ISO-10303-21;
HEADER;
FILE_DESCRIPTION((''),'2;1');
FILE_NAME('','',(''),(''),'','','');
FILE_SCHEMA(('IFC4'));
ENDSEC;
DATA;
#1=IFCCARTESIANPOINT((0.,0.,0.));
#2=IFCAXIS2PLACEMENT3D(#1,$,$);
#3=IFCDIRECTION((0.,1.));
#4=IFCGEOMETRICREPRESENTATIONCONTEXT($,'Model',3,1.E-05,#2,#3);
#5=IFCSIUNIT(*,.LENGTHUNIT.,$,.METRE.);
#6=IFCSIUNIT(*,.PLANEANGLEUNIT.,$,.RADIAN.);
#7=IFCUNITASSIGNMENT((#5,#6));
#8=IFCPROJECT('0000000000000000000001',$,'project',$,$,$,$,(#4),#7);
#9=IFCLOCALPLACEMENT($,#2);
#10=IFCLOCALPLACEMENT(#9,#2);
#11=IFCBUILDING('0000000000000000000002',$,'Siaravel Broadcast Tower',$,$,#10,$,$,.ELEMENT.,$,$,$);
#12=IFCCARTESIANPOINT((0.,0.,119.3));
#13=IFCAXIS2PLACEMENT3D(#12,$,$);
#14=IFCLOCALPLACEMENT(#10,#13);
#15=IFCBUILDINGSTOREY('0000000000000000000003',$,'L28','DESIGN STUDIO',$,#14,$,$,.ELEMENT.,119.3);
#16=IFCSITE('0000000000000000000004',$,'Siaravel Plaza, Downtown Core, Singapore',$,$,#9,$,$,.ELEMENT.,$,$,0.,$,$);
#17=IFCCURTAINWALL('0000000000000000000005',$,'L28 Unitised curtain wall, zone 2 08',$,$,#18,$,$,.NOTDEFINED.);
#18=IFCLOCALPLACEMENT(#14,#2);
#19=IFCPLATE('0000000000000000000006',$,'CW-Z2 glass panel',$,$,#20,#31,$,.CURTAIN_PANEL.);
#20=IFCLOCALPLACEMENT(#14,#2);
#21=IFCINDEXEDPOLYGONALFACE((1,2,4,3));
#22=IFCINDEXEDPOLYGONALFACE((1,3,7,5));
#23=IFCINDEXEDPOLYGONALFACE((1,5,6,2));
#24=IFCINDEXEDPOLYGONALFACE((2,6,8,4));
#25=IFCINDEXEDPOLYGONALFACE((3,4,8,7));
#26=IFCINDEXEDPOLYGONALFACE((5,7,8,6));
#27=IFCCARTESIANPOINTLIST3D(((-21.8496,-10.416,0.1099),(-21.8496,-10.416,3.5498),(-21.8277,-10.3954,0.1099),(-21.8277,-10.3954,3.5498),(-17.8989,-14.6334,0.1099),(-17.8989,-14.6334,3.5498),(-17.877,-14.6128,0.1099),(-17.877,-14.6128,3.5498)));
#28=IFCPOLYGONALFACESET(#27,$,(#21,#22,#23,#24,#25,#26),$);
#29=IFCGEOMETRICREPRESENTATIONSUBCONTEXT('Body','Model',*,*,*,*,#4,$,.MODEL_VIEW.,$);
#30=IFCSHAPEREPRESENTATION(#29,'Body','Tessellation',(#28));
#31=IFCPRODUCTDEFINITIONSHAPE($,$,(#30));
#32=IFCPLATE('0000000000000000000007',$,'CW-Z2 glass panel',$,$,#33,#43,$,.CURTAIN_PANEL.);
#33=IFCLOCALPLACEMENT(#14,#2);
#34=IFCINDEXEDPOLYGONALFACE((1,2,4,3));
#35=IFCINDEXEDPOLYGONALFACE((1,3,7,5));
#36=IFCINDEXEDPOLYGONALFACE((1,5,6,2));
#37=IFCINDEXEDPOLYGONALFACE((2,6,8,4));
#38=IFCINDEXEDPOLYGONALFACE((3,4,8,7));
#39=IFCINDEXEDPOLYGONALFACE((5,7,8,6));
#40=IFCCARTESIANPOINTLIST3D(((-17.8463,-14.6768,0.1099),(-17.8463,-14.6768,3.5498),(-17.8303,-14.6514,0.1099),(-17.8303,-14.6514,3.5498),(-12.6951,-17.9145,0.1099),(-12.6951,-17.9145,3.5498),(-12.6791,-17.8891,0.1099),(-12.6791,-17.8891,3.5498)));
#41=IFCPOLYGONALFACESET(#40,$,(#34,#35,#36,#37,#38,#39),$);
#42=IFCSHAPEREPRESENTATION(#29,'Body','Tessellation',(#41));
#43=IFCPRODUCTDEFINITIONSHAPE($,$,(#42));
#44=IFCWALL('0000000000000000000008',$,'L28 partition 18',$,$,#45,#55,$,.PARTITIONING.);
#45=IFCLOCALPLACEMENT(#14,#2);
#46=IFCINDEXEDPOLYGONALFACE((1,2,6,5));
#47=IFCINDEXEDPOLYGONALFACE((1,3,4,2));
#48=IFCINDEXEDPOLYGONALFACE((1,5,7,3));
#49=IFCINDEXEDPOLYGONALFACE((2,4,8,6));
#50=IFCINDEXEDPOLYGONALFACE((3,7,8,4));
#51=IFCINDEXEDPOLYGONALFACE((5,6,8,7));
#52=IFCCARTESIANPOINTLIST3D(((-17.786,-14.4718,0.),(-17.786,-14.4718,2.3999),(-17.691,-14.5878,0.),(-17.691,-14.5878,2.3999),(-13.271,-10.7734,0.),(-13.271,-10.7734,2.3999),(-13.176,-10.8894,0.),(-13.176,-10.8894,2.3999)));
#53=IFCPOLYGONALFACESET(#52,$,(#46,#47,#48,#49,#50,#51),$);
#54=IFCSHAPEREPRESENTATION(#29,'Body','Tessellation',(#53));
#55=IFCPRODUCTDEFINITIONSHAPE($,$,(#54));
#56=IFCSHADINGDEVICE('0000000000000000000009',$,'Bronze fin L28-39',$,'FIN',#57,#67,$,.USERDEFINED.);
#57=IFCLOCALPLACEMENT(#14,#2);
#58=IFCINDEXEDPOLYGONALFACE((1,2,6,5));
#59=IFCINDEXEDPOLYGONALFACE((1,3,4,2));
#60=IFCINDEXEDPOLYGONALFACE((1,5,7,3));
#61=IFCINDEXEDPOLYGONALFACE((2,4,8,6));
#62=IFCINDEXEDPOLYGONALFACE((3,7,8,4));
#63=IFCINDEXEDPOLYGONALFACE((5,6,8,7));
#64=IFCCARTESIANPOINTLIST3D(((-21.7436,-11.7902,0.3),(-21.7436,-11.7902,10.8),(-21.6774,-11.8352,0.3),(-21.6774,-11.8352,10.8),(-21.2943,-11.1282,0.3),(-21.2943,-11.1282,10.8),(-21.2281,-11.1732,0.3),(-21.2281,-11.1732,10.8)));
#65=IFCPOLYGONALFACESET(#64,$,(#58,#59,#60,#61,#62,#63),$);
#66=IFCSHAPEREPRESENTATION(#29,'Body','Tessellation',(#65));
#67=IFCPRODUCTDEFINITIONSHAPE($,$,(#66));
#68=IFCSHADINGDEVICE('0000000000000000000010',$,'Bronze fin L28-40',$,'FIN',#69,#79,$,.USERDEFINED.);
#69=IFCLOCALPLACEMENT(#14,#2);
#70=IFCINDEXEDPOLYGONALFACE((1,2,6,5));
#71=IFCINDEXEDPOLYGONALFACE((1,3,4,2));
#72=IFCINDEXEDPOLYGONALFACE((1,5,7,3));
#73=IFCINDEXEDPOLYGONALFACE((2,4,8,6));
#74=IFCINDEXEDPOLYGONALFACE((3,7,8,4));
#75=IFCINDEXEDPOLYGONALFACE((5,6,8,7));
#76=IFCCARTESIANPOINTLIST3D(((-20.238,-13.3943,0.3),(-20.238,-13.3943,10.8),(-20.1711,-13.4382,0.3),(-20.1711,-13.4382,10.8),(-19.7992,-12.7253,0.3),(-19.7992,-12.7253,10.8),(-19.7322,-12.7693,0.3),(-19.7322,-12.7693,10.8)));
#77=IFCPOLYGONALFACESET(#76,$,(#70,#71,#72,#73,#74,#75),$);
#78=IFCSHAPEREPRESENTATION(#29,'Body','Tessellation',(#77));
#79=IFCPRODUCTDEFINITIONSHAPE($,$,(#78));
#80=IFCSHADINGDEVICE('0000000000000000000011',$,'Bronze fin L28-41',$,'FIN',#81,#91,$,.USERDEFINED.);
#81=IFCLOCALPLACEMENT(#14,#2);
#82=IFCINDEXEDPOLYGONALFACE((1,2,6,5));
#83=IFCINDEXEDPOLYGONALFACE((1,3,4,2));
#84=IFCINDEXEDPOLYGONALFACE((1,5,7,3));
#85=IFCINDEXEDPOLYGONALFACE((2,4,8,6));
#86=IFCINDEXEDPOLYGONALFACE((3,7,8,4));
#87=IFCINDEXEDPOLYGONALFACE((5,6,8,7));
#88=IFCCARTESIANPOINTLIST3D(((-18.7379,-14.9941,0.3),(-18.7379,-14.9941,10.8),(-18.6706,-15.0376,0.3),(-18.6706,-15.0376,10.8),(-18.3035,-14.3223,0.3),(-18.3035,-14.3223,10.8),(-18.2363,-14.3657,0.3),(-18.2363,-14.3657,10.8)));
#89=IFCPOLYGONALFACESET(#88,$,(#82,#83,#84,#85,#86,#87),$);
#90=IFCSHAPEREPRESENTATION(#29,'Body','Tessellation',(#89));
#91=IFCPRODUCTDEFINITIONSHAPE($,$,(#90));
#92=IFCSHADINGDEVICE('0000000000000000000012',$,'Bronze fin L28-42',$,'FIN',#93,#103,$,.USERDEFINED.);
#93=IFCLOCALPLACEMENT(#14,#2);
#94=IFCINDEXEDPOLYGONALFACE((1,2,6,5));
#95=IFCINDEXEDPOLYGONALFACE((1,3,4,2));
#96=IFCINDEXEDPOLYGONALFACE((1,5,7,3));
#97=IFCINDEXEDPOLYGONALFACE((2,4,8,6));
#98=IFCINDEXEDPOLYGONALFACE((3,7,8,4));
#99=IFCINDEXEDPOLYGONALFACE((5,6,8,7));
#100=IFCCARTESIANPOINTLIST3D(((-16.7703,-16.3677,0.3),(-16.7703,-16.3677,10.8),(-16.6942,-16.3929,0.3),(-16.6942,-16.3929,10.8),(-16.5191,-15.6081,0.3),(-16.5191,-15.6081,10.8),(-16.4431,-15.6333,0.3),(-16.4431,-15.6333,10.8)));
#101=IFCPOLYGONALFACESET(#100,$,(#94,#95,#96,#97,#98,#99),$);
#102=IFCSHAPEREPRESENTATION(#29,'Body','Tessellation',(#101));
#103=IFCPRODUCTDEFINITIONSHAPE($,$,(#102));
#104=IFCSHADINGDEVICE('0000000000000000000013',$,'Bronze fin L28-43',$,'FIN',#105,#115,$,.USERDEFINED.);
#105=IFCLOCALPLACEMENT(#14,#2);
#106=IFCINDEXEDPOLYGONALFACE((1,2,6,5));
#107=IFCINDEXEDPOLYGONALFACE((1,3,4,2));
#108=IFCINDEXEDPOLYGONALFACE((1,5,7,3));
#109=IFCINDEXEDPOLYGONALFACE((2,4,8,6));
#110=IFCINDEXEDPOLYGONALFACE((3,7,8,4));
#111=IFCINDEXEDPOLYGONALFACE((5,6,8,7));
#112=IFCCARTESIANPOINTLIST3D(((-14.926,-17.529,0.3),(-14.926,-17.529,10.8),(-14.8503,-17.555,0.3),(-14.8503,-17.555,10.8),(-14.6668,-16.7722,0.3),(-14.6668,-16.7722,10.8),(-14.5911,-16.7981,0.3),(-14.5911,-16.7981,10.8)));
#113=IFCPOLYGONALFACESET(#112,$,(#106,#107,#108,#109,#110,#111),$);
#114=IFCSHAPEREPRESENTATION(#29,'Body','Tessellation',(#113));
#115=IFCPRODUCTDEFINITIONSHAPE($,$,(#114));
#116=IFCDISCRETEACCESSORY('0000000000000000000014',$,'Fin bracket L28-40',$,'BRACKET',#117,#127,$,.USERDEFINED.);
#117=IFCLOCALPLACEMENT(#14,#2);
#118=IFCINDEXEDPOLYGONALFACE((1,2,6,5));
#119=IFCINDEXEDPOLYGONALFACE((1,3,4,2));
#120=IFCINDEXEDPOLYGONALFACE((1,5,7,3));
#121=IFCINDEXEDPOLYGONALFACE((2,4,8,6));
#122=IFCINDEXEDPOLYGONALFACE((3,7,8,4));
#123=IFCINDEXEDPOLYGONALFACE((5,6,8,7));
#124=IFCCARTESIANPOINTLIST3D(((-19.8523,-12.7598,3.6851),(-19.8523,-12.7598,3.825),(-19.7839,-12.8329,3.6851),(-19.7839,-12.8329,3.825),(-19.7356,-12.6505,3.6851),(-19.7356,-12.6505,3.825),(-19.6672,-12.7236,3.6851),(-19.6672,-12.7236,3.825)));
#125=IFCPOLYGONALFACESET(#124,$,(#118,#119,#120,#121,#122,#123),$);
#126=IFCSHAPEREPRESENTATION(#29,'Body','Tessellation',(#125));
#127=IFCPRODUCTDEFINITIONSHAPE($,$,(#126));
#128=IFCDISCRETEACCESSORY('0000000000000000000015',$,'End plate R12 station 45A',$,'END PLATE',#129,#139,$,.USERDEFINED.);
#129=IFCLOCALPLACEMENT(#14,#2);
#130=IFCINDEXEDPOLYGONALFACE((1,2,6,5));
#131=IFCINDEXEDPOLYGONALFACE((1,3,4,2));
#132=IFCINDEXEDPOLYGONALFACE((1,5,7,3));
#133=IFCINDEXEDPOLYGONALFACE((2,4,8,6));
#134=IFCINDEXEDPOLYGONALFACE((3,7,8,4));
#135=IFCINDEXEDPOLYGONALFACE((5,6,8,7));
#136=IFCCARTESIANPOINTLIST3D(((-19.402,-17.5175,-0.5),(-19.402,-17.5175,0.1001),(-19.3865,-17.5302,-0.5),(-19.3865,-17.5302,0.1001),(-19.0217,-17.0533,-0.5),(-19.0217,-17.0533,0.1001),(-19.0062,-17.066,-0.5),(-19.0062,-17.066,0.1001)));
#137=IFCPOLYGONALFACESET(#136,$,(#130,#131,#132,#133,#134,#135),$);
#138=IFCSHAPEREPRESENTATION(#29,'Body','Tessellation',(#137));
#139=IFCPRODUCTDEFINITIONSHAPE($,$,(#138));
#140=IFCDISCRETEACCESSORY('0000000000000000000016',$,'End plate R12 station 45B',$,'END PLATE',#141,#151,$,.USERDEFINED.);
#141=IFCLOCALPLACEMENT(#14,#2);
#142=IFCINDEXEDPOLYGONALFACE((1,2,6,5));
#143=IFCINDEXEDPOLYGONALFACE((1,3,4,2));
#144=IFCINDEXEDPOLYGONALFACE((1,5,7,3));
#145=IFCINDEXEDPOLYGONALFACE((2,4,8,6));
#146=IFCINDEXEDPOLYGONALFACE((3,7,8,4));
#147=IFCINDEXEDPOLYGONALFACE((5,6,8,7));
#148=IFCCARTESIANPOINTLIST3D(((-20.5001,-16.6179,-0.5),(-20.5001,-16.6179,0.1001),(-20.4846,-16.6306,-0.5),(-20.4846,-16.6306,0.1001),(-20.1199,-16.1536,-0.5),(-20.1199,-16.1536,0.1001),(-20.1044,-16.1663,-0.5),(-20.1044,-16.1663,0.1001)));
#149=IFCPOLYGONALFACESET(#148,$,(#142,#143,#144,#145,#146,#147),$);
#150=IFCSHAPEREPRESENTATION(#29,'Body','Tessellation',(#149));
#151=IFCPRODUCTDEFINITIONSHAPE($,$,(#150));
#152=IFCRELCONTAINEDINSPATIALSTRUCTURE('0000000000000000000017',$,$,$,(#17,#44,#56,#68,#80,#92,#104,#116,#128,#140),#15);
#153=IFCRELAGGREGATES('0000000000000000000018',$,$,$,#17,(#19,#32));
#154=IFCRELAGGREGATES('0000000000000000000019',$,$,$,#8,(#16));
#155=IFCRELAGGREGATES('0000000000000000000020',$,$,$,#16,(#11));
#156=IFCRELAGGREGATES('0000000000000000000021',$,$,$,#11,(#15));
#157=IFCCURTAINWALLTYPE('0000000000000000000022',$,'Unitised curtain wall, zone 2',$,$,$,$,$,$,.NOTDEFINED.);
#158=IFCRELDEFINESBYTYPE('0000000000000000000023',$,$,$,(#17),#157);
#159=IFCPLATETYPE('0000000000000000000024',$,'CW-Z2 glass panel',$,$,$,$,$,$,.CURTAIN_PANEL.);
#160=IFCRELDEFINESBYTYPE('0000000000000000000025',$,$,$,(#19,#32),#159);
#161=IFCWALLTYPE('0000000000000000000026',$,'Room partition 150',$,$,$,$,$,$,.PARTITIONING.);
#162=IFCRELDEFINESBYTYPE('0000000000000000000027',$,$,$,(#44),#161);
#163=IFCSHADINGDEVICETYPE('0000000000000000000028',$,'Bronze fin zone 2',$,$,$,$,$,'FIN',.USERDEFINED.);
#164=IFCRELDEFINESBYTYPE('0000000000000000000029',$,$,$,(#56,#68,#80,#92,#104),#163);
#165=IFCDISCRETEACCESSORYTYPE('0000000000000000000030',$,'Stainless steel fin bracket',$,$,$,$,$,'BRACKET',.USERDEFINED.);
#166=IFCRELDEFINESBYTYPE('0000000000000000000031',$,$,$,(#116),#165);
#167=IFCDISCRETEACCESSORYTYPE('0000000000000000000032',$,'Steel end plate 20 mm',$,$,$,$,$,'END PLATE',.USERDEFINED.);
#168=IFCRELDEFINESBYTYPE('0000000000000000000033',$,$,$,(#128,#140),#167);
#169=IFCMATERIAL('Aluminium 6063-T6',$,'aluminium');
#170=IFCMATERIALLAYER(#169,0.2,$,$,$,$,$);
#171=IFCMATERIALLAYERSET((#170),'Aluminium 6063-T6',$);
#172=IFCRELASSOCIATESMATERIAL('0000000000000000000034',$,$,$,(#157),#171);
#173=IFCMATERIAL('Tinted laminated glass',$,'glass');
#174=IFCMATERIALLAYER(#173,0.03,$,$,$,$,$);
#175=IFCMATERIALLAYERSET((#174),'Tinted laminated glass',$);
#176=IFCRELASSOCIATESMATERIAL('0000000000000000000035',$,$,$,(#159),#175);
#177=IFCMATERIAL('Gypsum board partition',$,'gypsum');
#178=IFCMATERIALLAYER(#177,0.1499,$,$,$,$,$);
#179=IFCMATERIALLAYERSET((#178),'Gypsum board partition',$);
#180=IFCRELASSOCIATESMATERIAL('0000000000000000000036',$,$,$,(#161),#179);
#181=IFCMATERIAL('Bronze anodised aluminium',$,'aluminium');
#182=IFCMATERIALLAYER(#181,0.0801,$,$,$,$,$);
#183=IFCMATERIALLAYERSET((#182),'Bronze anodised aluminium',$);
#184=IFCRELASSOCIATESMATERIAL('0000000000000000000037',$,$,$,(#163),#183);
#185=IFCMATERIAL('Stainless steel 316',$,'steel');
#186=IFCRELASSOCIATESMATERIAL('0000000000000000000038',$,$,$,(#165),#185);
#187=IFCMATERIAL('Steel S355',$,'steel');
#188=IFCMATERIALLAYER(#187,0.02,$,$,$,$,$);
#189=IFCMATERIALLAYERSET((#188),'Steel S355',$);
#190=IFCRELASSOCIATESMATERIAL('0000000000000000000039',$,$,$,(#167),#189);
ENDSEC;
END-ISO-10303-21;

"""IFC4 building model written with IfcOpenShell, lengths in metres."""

from ifc_helpers import new_model, si_unit, direction, frame, frame_2d, origin, origin_2d, place, context, subcontext, project, spatial, rectangle, extrude, material, layer, layer_set, type_object, element, aggregate, save


model = new_model("IFC4")

# Units and contexts
model_context = context("Model", 3, precision=1e-05, world=origin(), true_north=direction((0.0, 1.0)))
body_context = subcontext(model_context, "Body", "Model", "MODEL_VIEW")
ifc_project = project(units=[si_unit("LENGTHUNIT", "METRE"), si_unit("PLANEANGLEUNIT", "RADIAN")], contexts=[model_context])

# Site, building, storey
site_placement = place(None, origin())
site = spatial("IfcSite", under=ifc_project, at=site_placement, Name="Siaravel Plaza, Downtown Core, Singapore", CompositionType="ELEMENT", RefElevation=0.0)
building_placement = place(site_placement, origin())
building = spatial("IfcBuilding", under=site, at=building_placement, Name="Siaravel Broadcast Tower", CompositionType="ELEMENT")
storey_placement = place(building_placement, frame((0.0, 0.0, 119.3)))
storey = spatial("IfcBuildingStorey", under=building, at=storey_placement, Name="L28", Description="DESIGN STUDIO", CompositionType="ELEMENT", Elevation=119.3)

# Shared definitions
ifc_material_1 = material(Name="Steel S355", Category="steel")

# Shared definitions
ifc_material_2 = material(Name="Aluminium 6063-T6", Category="aluminium")
ifc_layer_1 = layer(ifc_material_2, 0.2)
ifc_layer_set_1 = layer_set([ifc_layer_1], Name="Aluminium 6063-T6")
curtain_wall_type = type_object("IfcCurtainWallType", Name="Unitised curtain wall, zone 2", PredefinedType="NOTDEFINED", material=ifc_layer_set_1)

# Curtain wall
curtain_wall_1_placement = place(storey_placement, origin())
curtain_wall_1 = element("IfcCurtainWall", 1, at=curtain_wall_1_placement, inside=storey, type_object=curtain_wall_type, Name="L28 Unitised curtain wall, zone 2 08", PredefinedType="NOTDEFINED")

# Plates
ifc_material_3 = material(Name="Tinted laminated glass", Category="glass")
ifc_layer_2 = layer(ifc_material_3, 0.03)
ifc_layer_set_2 = layer_set([ifc_layer_2], Name="Tinted laminated glass")
plate_type = type_object("IfcPlateType", Name="CW-Z2 glass panel", PredefinedType="CURTAIN_PANEL", material=ifc_layer_set_2)
plate_1_placement = place(storey_placement, frame((-19.8633, -12.5144, 0.1099), z_axis=(0.0, 0.0, 1.0), x_axis=(0.683655, -0.729805, 0.0)))
plate_1 = element("IfcPlate", 2, at=plate_1_placement, type_object=plate_type, Name="CW-Z2 glass panel", PredefinedType="CURTAIN_PANEL", context=body_context, shape_type="SweptSolid", body=[
    extrude(rectangle(XDim=5.7788, YDim=0.03, at=origin_2d()), origin(), (0.0, 0.0, 1.0), 3.4399),
])
plate_2_placement = place(storey_placement, frame((-15.2627, -16.283, 0.1099), z_axis=(0.0, 0.0, 1.0), x_axis=(0.846651, -0.532149, 0.0)))
plate_2 = element("IfcPlate", 3, at=plate_2_placement, type_object=plate_type, Name="CW-Z2 glass panel", PredefinedType="CURTAIN_PANEL", context=body_context, shape_type="SweptSolid", body=[
    extrude(rectangle(XDim=6.0842, YDim=0.03, at=origin_2d()), origin(), (0.0, 0.0, 1.0), 3.4399),
])
aggregate(curtain_wall_1, [plate_1, plate_2])

# Shared definitions
ifc_material_4 = material(Name="Gypsum board partition", Category="gypsum")

# Wall
ifc_layer_3 = layer(ifc_material_4, 0.1499)
ifc_layer_set_3 = layer_set([ifc_layer_3], Name="Gypsum board partition")
wall_type_1 = type_object("IfcWallType", Name="Room partition 150", PredefinedType="PARTITIONING", material=ifc_layer_set_3)
wall_1_placement = place(storey_placement, frame((-17.7385, -14.5298, 0.0), z_axis=(0.0, 0.0, 1.0), x_axis=(0.773597, 0.633677, 0.0)))
element("IfcWall", 4, at=wall_1_placement, inside=storey, type_object=wall_type_1, Name="L28 partition 18", PredefinedType="PARTITIONING", context=body_context, shape_type="SweptSolid", body=[
    extrude(rectangle(XDim=5.8364, YDim=0.1499, at=frame_2d((2.9182, 0.0))), origin(), (0.0, 0.0, 1.0), 2.3999),
])

# Shading devices
ifc_material_5 = material(Name="Bronze anodised aluminium", Category="aluminium")
ifc_layer_4 = layer(ifc_material_5, 0.0801)
ifc_layer_set_4 = layer_set([ifc_layer_4], Name="Bronze anodised aluminium")
shading_device_type = type_object("IfcShadingDeviceType", Name="Bronze fin zone 2", ElementType="FIN", PredefinedType="USERDEFINED", material=ifc_layer_set_4)
for number, where, z_axis, x_axis, name in (
    (5, (-21.4858, -11.4817, 0.3), (0.0, 0.0, 1.0), (-0.561616, -0.827398, 0.0), "Bronze fin L28-39"),
    (6, (-19.9851, -13.0818, 0.3), (0.0, 0.0, 1.0), (-0.548521, -0.836137, 0.0), "Bronze fin L28-40"),
    (7, (-18.4871, -14.6799, 0.3), (0.0, 0.0, 1.0), (-0.542925, -0.839781, 0.0), "Bronze fin L28-41"),
    (8, (-16.6067, -16.0005, 0.3), (0.0, 0.0, 1.0), (-0.313903, -0.949455, 0.0), "Bronze fin L28-42"),
    (9, (-14.7585, -17.1636, 0.3), (0.0, 0.0, 1.0), (-0.323992, -0.94606, 0.0), "Bronze fin L28-43"),
):
    element("IfcShadingDevice", number, at=place(storey_placement, frame(where, z_axis=z_axis, x_axis=x_axis)), inside=storey, type_object=shading_device_type, Name=name, ObjectType="FIN", PredefinedType="USERDEFINED", context=body_context, shape_type="SweptSolid", body=[
        extrude(rectangle(XDim=0.8, YDim=0.0801, at=origin_2d()), origin(), (0.0, 0.0, 1.0), 10.5),
    ])

# Discrete accessories
ifc_material_6 = material(Name="Stainless steel 316", Category="steel")
discrete_accessory_type_1 = type_object("IfcDiscreteAccessoryType", Name="Stainless steel fin bracket", ElementType="BRACKET", PredefinedType="USERDEFINED", material=ifc_material_6)
discrete_accessory_placement = place(storey_placement, frame((-19.7598, -12.7417, 3.6851), z_axis=(0.0, 0.0, 1.0), x_axis=(-0.729806, -0.683655, 0.0)))
element("IfcDiscreteAccessory", 10, at=discrete_accessory_placement, inside=storey, type_object=discrete_accessory_type_1, Name="Fin bracket L28-40", ObjectType="BRACKET", PredefinedType="USERDEFINED", context=body_context, shape_type="SweptSolid", body=[
    extrude(rectangle(XDim=0.1599, YDim=0.1001, at=origin_2d()), origin(), (0.0, 0.0, 1.0), 0.1399),
])
ifc_layer_5 = layer(ifc_material_1, 0.02)
ifc_layer_set_5 = layer_set([ifc_layer_5], Name="Steel S355")
discrete_accessory_type_2 = type_object("IfcDiscreteAccessoryType", Name="Steel end plate 20 mm", ElementType="END PLATE", PredefinedType="USERDEFINED", material=ifc_layer_set_5)
for number, where, z_axis, x_axis, name in (
    (11, (-19.2041, -17.2917, -0.5), (0.0, 0.0, 1.0), (0.773605, -0.633669, 0.0), "End plate R12 station 45A"),
    (12, (-20.3022, -16.3921, -0.5), (0.0, 0.0, 1.0), (0.773605, -0.633669, 0.0), "End plate R12 station 45B"),
):
    element("IfcDiscreteAccessory", number, at=place(storey_placement, frame(where, z_axis=z_axis, x_axis=x_axis)), inside=storey, type_object=discrete_accessory_type_2, Name=name, ObjectType="END PLATE", PredefinedType="USERDEFINED", context=body_context, shape_type="SweptSolid", body=[
        extrude(rectangle(XDim=0.02, YDim=0.6001, at=origin_2d()), origin(), (0.0, 0.0, 1.0), 0.6001),
    ])

save(model, "model.ifc")
